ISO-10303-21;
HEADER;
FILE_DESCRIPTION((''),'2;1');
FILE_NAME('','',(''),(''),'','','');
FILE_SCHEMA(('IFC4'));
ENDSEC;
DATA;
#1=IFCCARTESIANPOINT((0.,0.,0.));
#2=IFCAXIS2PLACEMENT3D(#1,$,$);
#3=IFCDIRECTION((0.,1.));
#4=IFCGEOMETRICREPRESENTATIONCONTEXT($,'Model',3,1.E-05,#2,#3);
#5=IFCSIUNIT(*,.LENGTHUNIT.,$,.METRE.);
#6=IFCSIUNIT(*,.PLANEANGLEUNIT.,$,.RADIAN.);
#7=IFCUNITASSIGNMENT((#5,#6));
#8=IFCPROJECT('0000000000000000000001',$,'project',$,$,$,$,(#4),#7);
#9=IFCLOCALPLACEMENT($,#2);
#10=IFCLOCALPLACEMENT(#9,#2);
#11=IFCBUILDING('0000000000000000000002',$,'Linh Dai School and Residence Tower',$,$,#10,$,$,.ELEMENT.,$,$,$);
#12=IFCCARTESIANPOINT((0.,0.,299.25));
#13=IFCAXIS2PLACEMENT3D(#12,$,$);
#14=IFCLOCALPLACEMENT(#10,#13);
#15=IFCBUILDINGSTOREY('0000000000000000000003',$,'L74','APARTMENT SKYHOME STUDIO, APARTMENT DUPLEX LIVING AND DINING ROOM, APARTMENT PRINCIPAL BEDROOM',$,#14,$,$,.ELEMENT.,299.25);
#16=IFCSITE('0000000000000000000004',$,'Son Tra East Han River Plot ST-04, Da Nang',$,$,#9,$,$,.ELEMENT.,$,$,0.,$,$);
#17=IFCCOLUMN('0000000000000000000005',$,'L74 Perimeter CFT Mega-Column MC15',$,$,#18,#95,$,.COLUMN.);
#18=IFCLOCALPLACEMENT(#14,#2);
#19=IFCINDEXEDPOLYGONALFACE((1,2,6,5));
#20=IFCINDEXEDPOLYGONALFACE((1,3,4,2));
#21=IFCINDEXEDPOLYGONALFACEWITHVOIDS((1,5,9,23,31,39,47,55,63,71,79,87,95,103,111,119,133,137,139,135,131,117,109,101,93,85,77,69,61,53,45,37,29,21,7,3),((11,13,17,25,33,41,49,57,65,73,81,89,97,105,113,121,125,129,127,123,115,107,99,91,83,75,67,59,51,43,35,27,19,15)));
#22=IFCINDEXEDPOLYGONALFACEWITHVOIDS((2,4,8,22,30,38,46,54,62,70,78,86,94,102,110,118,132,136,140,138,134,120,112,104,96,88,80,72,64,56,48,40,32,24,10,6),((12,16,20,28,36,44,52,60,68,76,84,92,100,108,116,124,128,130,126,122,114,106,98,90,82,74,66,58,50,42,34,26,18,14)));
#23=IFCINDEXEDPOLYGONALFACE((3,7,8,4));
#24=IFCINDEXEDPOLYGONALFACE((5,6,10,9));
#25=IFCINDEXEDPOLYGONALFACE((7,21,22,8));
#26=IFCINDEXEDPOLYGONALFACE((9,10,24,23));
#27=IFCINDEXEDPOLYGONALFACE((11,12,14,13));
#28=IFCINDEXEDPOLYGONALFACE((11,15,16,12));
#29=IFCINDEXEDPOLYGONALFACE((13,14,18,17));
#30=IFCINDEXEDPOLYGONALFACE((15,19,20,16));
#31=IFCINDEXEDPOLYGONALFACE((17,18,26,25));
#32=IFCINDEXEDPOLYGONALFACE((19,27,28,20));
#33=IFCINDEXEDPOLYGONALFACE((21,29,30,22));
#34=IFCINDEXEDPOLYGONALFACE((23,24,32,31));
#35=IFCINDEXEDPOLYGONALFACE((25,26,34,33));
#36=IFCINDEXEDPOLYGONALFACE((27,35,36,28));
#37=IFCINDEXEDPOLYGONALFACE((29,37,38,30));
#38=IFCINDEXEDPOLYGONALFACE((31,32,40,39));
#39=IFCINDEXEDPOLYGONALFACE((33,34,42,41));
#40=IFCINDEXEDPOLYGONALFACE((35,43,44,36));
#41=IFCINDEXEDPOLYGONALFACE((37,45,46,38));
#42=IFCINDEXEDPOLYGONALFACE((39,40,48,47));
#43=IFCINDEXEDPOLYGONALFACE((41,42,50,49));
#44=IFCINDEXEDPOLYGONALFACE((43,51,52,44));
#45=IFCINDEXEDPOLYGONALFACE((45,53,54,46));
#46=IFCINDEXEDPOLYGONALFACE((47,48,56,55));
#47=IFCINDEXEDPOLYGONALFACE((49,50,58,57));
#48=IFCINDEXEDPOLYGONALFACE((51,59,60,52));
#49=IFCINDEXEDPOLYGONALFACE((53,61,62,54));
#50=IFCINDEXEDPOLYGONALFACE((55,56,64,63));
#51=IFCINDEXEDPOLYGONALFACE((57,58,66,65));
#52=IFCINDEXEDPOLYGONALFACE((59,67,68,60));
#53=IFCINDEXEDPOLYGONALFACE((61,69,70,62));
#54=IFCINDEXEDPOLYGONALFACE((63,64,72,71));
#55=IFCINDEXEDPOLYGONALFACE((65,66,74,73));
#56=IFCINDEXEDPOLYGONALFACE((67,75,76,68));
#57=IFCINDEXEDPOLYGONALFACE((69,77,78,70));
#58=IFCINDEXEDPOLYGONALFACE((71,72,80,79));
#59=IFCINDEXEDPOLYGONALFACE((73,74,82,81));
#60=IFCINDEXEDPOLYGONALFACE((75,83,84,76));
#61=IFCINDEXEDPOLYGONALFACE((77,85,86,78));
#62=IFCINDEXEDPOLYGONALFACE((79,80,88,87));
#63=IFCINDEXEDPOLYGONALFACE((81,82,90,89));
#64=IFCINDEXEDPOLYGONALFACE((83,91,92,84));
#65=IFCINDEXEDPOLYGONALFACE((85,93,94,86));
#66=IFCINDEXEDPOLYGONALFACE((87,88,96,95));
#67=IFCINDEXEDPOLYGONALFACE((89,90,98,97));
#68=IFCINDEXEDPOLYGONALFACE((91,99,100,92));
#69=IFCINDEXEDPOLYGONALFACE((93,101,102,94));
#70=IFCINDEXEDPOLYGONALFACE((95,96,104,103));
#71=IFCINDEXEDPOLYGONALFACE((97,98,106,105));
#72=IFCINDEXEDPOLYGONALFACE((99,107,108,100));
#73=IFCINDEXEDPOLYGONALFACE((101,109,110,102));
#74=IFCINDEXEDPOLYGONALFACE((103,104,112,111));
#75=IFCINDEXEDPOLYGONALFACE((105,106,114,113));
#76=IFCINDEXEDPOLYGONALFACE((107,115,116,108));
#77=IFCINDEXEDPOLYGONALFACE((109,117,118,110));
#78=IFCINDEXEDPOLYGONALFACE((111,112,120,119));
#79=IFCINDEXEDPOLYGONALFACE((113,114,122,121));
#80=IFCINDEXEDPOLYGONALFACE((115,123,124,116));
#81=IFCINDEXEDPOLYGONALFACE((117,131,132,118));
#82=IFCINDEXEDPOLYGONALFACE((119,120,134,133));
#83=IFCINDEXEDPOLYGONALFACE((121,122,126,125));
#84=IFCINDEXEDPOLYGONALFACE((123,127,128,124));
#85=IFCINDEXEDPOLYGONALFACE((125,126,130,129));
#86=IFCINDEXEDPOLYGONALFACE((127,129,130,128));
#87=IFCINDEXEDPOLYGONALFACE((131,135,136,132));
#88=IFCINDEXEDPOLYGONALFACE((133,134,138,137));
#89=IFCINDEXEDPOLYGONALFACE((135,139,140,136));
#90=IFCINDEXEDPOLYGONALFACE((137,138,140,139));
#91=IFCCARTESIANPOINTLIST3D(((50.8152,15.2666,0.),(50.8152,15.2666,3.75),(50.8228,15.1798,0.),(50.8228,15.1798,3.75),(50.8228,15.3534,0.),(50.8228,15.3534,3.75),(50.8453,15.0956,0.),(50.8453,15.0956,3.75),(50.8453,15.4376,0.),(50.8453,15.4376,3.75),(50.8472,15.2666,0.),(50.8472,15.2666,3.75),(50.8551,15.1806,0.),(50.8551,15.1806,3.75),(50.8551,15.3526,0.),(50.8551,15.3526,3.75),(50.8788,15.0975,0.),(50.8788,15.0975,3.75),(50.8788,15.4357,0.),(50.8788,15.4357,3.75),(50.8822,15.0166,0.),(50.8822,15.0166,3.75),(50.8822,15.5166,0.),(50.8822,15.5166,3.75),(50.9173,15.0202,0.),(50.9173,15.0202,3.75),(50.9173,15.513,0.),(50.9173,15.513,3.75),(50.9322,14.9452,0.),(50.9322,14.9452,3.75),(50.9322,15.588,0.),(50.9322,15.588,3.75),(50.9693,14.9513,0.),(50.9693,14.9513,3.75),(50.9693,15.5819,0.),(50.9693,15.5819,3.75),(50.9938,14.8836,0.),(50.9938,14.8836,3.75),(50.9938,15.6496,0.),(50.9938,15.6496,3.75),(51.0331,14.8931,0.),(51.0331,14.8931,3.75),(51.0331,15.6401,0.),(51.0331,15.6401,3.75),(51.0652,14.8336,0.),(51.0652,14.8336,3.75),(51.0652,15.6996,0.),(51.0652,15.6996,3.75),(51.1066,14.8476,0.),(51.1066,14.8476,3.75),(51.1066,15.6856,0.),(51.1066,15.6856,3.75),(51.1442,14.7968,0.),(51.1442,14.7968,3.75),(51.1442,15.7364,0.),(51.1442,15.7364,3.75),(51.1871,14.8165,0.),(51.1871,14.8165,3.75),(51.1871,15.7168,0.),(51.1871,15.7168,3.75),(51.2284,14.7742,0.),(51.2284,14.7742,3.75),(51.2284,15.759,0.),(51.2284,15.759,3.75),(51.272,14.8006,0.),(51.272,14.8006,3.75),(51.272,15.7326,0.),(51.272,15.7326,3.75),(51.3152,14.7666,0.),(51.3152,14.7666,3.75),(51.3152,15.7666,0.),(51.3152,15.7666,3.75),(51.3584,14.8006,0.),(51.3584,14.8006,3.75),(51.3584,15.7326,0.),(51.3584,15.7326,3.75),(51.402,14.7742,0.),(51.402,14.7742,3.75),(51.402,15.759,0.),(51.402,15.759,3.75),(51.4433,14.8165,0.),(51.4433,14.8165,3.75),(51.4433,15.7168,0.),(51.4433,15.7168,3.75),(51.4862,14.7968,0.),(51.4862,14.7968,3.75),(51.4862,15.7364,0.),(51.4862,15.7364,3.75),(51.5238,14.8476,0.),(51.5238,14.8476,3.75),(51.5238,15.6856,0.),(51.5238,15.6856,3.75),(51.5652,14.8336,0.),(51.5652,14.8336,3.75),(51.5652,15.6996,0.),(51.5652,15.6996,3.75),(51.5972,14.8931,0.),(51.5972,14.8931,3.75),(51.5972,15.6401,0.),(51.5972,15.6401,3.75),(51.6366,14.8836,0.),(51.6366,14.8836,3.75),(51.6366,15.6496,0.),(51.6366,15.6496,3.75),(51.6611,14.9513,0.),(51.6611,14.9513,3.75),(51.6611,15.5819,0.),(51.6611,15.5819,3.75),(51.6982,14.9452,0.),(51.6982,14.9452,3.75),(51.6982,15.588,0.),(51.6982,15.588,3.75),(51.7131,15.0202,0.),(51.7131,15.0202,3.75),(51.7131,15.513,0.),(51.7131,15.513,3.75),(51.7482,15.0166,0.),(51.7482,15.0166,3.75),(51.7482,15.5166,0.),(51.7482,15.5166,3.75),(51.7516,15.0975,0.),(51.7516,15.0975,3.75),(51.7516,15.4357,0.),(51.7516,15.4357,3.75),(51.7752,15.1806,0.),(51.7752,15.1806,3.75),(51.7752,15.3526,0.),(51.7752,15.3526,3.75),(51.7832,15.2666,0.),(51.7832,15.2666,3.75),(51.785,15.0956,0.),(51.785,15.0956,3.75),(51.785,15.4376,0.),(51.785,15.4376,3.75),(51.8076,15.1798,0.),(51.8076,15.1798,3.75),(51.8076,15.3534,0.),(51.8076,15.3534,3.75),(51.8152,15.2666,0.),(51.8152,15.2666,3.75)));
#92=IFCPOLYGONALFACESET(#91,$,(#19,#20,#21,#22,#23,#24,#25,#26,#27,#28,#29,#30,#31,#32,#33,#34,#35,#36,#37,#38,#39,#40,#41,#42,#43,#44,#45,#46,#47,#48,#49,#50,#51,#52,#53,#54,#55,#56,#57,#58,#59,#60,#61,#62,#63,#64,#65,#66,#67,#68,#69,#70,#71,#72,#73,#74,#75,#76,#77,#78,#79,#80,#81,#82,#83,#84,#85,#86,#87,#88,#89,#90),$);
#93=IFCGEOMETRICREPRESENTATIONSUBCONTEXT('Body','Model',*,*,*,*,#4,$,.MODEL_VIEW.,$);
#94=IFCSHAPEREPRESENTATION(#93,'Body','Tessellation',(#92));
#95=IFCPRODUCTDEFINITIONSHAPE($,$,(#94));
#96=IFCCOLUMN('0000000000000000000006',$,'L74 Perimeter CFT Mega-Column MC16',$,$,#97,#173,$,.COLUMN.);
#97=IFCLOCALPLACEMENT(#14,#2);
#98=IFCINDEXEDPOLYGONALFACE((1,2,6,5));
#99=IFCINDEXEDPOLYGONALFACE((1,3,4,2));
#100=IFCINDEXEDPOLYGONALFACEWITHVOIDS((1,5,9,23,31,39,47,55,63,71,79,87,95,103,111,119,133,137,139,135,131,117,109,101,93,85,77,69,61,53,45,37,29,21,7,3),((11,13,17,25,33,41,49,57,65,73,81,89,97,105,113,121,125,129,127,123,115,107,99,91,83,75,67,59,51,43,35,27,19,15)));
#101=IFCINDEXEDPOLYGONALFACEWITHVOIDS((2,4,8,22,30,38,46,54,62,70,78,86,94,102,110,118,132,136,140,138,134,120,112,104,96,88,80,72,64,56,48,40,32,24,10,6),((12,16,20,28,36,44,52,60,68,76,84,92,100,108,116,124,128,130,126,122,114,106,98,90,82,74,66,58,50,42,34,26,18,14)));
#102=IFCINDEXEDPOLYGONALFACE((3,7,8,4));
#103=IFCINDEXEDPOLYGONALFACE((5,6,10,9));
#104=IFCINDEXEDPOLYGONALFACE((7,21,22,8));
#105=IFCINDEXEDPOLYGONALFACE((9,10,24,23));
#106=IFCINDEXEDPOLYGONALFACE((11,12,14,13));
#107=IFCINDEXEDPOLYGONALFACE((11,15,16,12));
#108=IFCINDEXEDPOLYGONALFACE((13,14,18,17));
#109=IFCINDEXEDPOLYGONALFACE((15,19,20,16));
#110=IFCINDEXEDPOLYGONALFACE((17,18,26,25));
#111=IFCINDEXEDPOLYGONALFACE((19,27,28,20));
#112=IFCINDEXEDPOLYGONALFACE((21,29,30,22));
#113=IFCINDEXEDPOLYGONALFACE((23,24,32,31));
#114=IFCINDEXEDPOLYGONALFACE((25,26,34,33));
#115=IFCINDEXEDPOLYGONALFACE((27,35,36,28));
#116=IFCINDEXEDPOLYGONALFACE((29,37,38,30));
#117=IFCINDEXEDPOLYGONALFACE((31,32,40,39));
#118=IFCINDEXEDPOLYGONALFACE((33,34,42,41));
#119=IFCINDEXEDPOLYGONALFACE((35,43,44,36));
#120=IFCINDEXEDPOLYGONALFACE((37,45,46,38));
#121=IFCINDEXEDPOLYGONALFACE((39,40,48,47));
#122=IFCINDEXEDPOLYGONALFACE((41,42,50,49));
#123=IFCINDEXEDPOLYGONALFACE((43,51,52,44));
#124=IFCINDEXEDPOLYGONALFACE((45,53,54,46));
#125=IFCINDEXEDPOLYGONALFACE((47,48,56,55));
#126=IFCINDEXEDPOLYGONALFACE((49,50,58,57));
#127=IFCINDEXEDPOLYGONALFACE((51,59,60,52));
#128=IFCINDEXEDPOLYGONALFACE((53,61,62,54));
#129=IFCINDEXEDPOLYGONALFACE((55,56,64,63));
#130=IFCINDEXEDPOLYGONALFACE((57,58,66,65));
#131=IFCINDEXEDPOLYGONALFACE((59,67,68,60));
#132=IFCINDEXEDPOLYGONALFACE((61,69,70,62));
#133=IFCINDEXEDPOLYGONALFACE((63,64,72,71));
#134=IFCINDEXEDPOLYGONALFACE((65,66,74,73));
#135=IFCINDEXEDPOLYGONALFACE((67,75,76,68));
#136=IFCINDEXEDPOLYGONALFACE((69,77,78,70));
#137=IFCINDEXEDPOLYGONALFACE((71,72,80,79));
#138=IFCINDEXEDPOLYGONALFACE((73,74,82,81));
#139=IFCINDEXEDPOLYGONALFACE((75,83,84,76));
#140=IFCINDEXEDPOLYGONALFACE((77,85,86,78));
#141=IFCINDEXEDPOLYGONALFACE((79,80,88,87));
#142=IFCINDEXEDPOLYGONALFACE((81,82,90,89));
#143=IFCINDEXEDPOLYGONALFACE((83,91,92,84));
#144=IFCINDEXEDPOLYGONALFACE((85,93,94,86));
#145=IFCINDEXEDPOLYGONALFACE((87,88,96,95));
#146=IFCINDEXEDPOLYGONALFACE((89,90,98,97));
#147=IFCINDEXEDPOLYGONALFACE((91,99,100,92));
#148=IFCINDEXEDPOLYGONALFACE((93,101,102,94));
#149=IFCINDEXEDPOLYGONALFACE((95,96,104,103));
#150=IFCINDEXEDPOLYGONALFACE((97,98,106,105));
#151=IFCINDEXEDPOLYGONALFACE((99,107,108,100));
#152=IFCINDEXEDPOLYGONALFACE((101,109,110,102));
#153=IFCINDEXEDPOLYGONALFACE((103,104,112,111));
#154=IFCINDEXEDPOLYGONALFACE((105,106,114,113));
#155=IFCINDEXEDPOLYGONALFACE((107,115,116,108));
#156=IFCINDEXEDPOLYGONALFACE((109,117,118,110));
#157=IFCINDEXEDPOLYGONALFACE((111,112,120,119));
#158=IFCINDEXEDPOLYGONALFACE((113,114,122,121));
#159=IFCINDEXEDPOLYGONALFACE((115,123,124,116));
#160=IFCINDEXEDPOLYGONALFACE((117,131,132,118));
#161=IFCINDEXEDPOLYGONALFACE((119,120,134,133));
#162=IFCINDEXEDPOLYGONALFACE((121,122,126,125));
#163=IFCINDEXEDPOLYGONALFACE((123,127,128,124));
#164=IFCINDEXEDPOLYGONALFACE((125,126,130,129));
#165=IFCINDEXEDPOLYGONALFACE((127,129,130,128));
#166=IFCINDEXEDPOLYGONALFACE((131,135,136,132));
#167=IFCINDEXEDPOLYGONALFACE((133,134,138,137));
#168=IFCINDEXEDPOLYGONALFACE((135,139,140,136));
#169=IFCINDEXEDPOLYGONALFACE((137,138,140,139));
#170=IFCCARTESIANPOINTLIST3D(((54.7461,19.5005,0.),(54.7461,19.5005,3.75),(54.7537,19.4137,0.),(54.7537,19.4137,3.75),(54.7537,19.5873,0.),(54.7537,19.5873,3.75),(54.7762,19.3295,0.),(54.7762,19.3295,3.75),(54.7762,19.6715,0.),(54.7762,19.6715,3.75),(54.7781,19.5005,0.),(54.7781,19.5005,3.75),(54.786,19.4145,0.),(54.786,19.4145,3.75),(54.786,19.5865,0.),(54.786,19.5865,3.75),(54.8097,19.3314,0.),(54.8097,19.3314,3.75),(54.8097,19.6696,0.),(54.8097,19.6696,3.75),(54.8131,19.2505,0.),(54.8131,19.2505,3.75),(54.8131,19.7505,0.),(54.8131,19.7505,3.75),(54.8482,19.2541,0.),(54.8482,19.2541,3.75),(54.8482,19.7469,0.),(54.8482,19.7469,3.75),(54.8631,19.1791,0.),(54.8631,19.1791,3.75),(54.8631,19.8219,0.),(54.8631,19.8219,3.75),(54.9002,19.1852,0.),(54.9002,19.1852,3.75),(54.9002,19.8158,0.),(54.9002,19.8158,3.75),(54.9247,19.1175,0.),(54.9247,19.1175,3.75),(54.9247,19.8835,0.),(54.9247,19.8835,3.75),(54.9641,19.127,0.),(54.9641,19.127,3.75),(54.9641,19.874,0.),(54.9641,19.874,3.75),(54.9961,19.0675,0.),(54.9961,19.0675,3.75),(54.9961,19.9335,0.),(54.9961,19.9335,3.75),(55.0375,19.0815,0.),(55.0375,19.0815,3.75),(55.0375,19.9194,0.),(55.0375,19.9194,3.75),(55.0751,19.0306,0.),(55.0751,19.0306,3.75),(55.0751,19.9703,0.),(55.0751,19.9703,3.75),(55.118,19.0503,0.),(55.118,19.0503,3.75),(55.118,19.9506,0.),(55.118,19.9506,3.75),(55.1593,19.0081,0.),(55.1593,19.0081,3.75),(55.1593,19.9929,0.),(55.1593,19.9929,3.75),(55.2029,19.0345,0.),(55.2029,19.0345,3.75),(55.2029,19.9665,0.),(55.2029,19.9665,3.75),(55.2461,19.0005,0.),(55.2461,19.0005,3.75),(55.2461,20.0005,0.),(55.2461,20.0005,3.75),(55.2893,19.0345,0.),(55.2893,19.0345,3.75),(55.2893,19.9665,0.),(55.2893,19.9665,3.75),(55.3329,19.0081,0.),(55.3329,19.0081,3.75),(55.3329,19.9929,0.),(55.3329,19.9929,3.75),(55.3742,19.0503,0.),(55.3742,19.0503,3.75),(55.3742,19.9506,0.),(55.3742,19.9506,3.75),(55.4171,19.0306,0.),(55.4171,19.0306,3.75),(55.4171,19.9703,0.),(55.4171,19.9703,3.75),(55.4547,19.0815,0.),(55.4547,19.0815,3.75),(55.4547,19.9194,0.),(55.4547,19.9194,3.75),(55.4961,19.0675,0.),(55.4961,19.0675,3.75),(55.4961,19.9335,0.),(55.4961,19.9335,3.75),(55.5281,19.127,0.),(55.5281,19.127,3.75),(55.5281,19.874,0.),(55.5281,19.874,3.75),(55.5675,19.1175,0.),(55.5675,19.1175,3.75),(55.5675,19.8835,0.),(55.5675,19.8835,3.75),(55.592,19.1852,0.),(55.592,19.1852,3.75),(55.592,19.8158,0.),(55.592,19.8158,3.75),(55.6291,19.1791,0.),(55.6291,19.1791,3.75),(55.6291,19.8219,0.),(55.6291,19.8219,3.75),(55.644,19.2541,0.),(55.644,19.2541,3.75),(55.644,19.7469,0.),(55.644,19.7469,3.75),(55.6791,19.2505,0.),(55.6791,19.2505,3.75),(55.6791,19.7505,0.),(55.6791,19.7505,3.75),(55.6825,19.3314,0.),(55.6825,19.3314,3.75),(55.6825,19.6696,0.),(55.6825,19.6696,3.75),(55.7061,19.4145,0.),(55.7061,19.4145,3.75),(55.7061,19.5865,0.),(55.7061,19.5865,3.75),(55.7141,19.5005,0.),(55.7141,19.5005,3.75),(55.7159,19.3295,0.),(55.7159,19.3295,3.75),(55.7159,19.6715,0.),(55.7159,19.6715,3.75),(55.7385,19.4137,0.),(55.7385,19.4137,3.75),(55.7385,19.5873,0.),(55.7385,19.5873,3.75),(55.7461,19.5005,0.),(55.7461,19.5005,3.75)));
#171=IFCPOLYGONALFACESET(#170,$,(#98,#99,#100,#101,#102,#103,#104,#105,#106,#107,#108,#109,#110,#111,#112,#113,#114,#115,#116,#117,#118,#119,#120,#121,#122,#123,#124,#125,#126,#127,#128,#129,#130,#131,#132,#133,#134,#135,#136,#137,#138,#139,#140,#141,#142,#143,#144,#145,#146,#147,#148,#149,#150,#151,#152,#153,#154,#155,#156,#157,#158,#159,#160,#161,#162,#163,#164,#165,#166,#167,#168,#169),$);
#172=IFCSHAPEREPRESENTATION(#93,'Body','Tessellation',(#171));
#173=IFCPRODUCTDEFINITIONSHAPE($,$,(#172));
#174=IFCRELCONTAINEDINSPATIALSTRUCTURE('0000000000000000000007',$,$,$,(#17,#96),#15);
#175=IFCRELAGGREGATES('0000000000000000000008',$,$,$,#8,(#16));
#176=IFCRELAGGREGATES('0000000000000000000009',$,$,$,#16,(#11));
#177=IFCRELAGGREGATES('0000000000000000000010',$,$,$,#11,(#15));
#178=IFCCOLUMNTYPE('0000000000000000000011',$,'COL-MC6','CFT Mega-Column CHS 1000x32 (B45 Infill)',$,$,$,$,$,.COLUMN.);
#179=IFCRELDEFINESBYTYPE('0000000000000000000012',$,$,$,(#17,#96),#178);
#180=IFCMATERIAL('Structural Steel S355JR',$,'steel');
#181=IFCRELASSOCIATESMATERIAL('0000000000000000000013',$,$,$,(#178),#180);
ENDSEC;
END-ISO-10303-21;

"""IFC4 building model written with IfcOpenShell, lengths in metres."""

from ifc_helpers import new_model, si_unit, direction, frame, origin, origin_2d, place, context, subcontext, project, spatial, hollow_circle, extrude, material, material_profile, profile_set, type_object, element, save


model = new_model("IFC4")

# Units and contexts
model_context = context("Model", 3, precision=1e-05, world=origin(), true_north=direction((0.0, 1.0)))
body_context = subcontext(model_context, "Body", "Model", "MODEL_VIEW")
ifc_project = project(units=[si_unit("LENGTHUNIT", "METRE"), si_unit("PLANEANGLEUNIT", "RADIAN")], contexts=[model_context])

# Site, building, storey
site_placement = place(None, origin())
site = spatial("IfcSite", under=ifc_project, at=site_placement, Name="Son Tra East Han River Plot ST-04, Da Nang", CompositionType="ELEMENT", RefElevation=0.0)
building_placement = place(site_placement, origin())
building = spatial("IfcBuilding", under=site, at=building_placement, Name="Linh Dai School and Residence Tower", CompositionType="ELEMENT")
storey_placement = place(building_placement, frame((0.0, 0.0, 299.25)))
storey = spatial("IfcBuildingStorey", under=building, at=storey_placement, Name="L74", Description="APARTMENT SKYHOME STUDIO, APARTMENT DUPLEX LIVING AND DINING ROOM, APARTMENT PRINCIPAL BEDROOM", CompositionType="ELEMENT", Elevation=299.25)

# Columns
ifc_material_1 = material(Name="Structural Steel S355JR", Category="steel")
ifc_material_profile_1 = material_profile(ifc_material_1, hollow_circle(Radius=0.5, WallThickness=0.032, at=origin_2d()), Name="CHS 1000x32")
ifc_profile_set_1 = profile_set([ifc_material_profile_1], Name="Structural Steel S355JR")
column_type = type_object("IfcColumnType", Name="COL-MC6", Description="CFT Mega-Column CHS 1000x32 (B45 Infill)", PredefinedType="COLUMN", material=ifc_profile_set_1)
for number, where, z_axis, x_axis, name in (
    (1, (51.3152, 15.2666, 0.0), (0.0, 0.0, 1.0), (1.0, 0.0, 0.0), "L74 Perimeter CFT Mega-Column MC15"),
    (2, (55.2461, 19.5005, 0.0), (0.0, 0.0, 1.0), (1.0, 0.0, 0.0), "L74 Perimeter CFT Mega-Column MC16"),
):
    element("IfcColumn", number, at=place(storey_placement, frame(where, z_axis=z_axis, x_axis=x_axis)), inside=storey, type_object=column_type, Name=name, PredefinedType="COLUMN", context=body_context, shape_type="SweptSolid", body=[
        extrude(hollow_circle(Radius=0.5, WallThickness=0.032, at=origin_2d()), origin(), (0.0, 0.0, 1.0), 3.75),
    ])

save(model, "model.ifc")
